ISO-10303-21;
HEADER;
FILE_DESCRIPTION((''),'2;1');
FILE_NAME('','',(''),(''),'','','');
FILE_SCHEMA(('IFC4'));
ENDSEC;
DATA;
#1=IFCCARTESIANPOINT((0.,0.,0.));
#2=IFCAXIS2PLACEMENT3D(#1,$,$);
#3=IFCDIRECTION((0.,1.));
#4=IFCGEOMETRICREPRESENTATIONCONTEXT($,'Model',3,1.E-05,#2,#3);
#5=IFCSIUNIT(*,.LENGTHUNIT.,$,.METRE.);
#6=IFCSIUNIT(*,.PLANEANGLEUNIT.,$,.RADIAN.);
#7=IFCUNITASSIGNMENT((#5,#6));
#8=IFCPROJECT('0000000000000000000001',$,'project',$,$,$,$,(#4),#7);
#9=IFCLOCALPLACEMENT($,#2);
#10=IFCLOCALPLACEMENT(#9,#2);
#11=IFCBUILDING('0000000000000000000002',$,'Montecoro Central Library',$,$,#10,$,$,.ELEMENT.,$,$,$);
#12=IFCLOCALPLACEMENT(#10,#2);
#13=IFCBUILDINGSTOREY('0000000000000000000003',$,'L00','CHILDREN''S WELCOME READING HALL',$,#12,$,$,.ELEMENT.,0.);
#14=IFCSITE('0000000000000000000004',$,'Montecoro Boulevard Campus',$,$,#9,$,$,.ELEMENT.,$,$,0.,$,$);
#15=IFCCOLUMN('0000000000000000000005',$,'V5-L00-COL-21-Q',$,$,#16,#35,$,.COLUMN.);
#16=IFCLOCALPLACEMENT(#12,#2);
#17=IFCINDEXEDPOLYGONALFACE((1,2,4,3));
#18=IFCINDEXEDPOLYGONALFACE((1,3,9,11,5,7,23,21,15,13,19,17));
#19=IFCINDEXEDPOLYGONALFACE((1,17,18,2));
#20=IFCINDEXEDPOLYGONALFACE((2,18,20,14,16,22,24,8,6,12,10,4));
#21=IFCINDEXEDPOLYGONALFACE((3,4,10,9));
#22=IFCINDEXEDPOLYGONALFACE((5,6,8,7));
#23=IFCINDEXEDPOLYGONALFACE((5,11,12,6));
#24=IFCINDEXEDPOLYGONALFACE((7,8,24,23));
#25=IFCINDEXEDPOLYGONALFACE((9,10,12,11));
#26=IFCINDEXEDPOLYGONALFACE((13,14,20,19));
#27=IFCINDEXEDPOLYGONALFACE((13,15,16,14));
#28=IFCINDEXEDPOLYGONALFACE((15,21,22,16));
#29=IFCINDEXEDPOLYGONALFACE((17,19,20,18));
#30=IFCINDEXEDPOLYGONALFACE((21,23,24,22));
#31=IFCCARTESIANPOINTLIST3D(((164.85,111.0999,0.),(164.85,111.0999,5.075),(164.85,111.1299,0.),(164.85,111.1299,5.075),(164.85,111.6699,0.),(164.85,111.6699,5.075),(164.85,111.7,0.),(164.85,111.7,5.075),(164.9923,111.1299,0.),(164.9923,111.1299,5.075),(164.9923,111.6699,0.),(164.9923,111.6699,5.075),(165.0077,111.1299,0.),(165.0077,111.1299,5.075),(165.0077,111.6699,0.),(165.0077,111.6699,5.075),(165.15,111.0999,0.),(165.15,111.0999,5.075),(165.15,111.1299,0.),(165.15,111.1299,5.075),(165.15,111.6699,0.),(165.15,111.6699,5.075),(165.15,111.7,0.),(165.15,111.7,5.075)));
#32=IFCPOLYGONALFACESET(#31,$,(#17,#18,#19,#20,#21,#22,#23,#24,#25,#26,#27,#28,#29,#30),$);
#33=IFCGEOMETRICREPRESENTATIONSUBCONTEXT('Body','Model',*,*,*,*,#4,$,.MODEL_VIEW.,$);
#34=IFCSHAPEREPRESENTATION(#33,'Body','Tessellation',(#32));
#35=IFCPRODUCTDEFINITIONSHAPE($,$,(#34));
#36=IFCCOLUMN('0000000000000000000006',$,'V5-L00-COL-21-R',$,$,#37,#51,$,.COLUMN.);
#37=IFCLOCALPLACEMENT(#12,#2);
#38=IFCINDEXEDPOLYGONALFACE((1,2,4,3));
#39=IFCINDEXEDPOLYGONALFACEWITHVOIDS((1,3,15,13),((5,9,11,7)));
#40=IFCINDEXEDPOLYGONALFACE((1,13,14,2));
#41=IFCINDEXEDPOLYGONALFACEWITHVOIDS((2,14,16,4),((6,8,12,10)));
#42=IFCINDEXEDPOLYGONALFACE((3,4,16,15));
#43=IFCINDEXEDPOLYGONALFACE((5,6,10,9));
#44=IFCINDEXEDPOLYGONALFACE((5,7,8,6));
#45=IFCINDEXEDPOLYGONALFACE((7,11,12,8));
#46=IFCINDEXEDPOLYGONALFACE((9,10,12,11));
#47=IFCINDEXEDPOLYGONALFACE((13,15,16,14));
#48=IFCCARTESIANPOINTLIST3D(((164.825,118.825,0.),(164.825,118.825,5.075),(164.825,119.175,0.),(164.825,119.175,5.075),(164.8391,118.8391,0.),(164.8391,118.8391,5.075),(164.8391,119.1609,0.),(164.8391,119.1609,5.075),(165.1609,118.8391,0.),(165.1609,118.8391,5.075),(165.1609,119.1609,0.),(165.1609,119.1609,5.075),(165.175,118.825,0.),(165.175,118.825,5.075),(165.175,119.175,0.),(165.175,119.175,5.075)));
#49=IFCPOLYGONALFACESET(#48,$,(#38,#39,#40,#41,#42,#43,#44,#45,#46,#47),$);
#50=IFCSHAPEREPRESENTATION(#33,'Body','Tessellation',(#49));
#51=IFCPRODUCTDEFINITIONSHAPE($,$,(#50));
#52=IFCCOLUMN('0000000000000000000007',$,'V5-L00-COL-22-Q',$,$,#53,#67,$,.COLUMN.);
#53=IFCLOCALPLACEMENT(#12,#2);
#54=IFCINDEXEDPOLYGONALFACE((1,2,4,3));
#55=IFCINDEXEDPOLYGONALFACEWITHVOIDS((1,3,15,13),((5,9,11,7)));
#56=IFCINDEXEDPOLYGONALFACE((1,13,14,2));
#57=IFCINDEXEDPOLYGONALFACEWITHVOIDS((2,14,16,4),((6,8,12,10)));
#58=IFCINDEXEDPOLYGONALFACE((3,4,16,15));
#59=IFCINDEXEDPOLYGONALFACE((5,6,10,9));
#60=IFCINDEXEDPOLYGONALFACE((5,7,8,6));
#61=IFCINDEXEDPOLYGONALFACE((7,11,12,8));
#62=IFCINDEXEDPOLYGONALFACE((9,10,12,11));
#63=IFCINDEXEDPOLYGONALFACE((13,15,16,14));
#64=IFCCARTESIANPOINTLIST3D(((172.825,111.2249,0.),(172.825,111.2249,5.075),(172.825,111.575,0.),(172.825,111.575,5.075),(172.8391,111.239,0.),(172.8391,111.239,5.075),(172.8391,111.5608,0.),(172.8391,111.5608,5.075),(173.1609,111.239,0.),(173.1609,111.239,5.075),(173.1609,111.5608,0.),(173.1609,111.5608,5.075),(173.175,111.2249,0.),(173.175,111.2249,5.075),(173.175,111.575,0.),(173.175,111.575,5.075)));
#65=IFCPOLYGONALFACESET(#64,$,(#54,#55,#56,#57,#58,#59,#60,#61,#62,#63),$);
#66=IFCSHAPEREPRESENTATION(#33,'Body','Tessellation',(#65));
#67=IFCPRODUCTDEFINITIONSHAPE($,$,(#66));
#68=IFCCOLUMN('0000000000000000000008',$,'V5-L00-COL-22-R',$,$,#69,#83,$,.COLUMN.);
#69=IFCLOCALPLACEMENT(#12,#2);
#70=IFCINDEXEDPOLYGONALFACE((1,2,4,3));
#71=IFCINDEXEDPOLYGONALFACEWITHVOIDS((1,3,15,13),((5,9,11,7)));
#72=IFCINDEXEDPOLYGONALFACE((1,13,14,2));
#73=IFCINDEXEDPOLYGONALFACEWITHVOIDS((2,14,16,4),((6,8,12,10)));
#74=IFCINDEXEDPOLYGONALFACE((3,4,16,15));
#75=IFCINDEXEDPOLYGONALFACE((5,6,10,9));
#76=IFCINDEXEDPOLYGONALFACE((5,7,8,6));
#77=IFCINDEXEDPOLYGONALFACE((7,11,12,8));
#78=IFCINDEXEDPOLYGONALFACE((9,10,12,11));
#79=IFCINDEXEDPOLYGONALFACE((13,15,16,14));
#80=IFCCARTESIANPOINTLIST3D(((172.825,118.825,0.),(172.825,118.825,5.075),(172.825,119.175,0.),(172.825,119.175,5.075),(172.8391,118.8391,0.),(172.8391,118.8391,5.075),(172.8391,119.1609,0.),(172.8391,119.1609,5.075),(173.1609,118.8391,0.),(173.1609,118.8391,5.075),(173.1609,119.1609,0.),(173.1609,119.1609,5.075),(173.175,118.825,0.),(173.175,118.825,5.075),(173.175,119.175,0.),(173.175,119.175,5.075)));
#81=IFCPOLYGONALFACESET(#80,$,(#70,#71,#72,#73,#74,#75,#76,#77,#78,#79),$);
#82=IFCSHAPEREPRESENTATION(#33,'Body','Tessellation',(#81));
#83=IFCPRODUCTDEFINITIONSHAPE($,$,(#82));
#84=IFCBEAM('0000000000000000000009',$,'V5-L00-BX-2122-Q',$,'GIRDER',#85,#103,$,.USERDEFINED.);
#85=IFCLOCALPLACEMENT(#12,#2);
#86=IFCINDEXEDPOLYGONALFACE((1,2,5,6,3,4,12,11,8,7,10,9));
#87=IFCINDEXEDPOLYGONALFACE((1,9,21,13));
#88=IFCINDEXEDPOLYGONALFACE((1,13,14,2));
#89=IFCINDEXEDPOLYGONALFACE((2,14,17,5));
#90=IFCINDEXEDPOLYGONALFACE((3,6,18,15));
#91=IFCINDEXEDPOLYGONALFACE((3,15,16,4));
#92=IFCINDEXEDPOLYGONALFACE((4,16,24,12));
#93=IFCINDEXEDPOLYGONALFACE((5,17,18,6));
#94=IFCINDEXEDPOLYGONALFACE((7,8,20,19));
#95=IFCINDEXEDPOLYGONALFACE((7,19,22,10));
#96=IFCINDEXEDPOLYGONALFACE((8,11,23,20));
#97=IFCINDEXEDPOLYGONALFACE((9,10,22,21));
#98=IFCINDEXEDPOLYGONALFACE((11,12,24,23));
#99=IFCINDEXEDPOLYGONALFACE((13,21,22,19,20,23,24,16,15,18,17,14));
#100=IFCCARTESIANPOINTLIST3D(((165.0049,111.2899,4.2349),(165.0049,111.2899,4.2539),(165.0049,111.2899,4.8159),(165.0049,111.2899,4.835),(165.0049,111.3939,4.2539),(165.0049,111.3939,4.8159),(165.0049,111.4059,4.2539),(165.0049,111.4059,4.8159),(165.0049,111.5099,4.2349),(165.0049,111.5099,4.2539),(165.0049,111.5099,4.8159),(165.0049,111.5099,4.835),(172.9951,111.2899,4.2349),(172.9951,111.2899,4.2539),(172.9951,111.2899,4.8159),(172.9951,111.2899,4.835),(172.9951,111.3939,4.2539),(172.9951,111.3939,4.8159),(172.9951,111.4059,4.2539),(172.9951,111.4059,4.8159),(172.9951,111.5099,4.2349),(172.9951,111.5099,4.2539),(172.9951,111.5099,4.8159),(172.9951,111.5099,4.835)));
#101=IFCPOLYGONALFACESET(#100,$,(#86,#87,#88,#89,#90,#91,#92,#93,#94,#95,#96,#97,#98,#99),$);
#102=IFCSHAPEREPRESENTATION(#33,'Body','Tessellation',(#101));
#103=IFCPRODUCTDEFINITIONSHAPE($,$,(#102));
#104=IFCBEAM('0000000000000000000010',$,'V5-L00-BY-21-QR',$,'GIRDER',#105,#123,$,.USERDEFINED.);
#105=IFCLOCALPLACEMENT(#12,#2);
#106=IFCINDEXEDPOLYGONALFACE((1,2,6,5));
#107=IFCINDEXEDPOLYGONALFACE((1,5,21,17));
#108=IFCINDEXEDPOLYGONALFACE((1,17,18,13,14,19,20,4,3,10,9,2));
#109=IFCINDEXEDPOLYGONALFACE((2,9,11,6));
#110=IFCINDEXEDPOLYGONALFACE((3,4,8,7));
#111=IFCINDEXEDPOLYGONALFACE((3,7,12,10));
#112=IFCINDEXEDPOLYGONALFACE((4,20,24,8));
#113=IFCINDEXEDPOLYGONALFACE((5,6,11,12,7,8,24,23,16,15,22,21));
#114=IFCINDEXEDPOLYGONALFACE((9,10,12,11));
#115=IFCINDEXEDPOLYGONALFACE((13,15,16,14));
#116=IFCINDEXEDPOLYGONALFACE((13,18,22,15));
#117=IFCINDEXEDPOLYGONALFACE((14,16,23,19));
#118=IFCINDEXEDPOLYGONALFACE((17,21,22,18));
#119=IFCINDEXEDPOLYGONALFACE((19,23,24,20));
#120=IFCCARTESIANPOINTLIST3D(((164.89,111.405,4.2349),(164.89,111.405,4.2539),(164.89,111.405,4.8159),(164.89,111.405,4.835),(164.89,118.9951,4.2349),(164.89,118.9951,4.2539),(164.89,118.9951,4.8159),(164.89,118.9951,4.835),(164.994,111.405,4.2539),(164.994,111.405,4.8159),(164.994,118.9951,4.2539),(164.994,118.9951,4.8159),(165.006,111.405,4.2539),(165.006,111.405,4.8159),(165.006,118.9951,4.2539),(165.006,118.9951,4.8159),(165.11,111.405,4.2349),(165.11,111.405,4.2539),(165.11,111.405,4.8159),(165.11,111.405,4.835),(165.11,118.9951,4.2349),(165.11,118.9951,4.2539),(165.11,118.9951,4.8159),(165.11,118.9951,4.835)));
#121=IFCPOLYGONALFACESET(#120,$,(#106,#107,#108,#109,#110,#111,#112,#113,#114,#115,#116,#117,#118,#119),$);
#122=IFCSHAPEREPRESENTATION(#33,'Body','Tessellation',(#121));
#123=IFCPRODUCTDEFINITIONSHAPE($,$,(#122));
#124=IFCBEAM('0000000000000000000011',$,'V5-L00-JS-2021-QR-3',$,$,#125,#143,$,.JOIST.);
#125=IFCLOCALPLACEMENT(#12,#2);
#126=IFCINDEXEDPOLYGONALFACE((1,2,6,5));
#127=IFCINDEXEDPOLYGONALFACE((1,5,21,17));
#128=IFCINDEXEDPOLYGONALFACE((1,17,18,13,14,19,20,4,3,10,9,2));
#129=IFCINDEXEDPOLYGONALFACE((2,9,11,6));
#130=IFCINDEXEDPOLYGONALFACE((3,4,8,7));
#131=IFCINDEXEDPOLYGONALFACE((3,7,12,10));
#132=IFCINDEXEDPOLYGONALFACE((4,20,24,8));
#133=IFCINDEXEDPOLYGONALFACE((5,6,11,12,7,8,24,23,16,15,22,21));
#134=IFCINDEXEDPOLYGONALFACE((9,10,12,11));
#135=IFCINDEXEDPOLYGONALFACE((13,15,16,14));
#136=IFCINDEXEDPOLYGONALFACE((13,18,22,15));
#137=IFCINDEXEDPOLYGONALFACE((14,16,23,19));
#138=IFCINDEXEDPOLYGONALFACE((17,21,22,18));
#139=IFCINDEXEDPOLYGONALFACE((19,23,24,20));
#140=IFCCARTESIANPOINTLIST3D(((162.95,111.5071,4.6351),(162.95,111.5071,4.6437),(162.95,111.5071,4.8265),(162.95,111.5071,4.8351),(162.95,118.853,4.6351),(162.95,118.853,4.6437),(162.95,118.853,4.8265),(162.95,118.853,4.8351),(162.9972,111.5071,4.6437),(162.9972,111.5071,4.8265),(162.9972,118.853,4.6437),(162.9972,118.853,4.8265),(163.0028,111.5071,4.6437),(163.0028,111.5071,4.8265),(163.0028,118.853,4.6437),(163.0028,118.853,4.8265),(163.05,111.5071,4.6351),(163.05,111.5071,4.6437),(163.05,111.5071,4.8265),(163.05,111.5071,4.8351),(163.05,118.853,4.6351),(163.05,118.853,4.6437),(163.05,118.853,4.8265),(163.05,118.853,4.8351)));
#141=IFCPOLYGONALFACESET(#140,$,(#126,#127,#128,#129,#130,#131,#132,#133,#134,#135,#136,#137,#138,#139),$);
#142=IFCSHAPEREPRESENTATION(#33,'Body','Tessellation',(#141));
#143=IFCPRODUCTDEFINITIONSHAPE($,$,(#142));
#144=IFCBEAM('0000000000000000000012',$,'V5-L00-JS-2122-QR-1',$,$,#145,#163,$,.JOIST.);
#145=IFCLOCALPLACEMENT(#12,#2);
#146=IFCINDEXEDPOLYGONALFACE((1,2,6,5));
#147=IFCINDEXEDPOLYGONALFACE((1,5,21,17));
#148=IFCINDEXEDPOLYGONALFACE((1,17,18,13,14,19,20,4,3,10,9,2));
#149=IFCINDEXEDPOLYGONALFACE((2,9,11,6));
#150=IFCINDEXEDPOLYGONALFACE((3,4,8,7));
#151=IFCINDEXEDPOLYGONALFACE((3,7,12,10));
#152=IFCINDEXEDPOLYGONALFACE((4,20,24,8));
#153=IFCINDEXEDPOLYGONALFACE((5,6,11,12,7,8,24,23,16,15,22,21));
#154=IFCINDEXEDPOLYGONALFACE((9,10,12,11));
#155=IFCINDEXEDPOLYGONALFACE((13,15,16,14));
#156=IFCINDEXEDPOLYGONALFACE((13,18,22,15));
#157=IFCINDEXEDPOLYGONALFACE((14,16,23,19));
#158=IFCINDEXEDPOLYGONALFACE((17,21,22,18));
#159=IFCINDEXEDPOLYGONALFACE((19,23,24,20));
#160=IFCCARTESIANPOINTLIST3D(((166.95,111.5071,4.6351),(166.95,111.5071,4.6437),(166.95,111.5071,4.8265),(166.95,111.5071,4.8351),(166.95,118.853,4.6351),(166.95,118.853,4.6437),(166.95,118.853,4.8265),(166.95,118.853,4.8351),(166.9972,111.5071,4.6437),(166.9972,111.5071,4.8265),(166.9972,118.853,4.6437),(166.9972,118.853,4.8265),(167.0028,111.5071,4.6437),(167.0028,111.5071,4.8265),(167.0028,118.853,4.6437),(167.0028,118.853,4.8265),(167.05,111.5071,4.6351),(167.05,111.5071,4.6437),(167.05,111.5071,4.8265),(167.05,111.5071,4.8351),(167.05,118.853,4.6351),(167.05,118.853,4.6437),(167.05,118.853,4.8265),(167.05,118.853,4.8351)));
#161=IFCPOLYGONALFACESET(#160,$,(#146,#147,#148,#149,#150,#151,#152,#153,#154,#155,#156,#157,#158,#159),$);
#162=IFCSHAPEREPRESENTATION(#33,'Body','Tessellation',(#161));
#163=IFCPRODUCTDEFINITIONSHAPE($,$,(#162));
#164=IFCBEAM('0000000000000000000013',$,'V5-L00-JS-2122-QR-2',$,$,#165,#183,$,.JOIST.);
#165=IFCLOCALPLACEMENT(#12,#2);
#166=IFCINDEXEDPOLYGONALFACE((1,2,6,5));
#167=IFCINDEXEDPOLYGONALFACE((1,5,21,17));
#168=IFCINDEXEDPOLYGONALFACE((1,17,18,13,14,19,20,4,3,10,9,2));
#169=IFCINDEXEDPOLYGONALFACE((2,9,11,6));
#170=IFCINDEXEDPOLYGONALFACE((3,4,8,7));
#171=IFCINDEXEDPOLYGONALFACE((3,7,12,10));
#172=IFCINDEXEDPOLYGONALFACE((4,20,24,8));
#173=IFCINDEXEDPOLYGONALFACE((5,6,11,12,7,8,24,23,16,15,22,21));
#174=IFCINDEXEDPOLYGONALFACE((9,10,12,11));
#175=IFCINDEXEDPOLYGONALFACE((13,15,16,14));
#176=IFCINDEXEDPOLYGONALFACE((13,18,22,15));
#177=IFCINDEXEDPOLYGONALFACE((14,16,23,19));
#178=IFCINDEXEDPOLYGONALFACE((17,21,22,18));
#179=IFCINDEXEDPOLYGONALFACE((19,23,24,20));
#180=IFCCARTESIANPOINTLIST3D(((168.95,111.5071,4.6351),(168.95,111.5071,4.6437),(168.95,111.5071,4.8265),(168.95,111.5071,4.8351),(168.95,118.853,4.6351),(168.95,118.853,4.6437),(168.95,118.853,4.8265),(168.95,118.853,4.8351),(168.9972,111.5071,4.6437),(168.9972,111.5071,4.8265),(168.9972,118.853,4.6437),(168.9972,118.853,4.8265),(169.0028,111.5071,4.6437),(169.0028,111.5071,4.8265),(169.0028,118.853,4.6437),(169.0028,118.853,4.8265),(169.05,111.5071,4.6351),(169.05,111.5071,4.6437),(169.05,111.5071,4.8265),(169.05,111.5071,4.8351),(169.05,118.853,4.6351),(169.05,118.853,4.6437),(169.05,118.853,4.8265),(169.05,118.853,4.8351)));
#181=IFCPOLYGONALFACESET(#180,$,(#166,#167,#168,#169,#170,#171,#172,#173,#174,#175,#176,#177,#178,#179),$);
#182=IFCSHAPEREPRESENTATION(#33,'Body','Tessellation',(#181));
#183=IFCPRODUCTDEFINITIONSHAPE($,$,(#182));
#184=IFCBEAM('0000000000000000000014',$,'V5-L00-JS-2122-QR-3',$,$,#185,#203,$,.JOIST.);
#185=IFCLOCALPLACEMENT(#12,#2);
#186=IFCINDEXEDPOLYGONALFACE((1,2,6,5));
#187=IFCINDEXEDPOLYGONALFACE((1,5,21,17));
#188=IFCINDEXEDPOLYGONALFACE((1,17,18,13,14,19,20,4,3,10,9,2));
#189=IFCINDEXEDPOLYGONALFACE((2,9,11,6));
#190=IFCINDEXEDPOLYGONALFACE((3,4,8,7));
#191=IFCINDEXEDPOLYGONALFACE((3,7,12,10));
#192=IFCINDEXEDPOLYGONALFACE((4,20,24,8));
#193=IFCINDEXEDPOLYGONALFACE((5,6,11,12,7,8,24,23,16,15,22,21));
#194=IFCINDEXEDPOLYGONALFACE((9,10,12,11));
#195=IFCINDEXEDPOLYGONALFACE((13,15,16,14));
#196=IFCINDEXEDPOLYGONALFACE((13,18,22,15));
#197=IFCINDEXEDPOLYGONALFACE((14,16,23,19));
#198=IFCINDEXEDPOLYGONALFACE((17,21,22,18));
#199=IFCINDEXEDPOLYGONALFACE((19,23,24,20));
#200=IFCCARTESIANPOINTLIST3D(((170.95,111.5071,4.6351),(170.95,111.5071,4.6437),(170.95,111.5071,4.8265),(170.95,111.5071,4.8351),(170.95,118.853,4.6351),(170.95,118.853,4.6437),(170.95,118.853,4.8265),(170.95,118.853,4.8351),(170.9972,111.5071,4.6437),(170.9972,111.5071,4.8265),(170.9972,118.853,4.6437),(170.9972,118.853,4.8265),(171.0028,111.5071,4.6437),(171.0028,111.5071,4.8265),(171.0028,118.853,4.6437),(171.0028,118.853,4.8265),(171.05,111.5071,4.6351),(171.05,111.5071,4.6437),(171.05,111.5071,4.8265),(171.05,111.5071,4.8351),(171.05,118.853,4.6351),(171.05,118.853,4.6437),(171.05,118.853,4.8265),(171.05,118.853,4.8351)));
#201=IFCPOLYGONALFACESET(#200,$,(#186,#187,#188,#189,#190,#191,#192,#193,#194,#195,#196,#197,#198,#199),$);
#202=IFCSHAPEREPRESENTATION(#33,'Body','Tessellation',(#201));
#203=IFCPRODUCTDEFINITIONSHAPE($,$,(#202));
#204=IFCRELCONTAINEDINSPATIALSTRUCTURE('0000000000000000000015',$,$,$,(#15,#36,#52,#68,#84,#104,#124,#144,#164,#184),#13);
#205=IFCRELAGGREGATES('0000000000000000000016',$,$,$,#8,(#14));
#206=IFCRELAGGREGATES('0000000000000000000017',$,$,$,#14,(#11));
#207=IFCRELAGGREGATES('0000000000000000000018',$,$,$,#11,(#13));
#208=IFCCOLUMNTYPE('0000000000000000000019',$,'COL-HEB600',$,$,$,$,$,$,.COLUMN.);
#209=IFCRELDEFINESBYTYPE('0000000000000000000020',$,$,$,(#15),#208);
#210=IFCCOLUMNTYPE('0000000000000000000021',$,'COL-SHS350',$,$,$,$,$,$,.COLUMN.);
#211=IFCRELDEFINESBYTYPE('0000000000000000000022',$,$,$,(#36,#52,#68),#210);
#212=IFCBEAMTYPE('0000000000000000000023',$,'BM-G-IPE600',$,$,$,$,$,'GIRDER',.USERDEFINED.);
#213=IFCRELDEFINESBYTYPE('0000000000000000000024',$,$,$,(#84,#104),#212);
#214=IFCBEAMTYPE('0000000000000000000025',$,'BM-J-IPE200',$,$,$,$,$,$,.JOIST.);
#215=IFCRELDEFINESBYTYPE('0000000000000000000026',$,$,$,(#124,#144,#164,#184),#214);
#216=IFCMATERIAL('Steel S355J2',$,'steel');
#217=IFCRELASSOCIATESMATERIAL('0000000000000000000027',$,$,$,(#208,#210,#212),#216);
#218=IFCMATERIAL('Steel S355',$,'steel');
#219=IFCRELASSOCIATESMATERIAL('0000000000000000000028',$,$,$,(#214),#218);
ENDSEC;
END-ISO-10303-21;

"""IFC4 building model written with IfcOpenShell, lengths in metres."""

from ifc_helpers import new_model, si_unit, direction, frame, origin, origin_2d, place, context, subcontext, project, spatial, hollow_rectangle, i_section, extrude, material, material_profile, profile_set, type_object, element, save


model = new_model("IFC4")

# Units and contexts
model_context = context("Model", 3, precision=1e-05, world=origin(), true_north=direction((0.0, 1.0)))
body_context = subcontext(model_context, "Body", "Model", "MODEL_VIEW")
ifc_project = project(units=[si_unit("LENGTHUNIT", "METRE"), si_unit("PLANEANGLEUNIT", "RADIAN")], contexts=[model_context])

# Site, building, storey
site_placement = place(None, origin())
site = spatial("IfcSite", under=ifc_project, at=site_placement, Name="Montecoro Boulevard Campus", CompositionType="ELEMENT", RefElevation=0.0)
building_placement = place(site_placement, origin())
building = spatial("IfcBuilding", under=site, at=building_placement, Name="Montecoro Central Library", CompositionType="ELEMENT")
storey_placement = place(building_placement, origin())
storey = spatial("IfcBuildingStorey", under=building, at=storey_placement, Name="L00", Description="CHILDREN'S WELCOME READING HALL", CompositionType="ELEMENT", Elevation=0.0)

# Columns
ifc_material_1 = material(Name="Steel S355J2", Category="steel")
ifc_material_profile_1 = material_profile(ifc_material_1, i_section(OverallWidth=0.3, OverallDepth=0.6001, WebThickness=0.0154, FlangeThickness=0.03, at=origin_2d()), Name="HEB 600")
ifc_profile_set_1 = profile_set([ifc_material_profile_1], Name="Steel S355J2")
column_type_1 = type_object("IfcColumnType", Name="COL-HEB600", PredefinedType="COLUMN", material=ifc_profile_set_1)
column_placement = place(storey_placement, frame((165.0, 111.3999, 0.0), z_axis=(0.0, 0.0, 1.0), x_axis=(1.0, 0.0, 0.0)))
element("IfcColumn", 1, at=column_placement, inside=storey, type_object=column_type_1, Name="V5-L00-COL-21-Q", PredefinedType="COLUMN", context=body_context, shape_type="SweptSolid", body=[
    extrude(i_section(OverallWidth=0.3, OverallDepth=0.6001, WebThickness=0.0154, FlangeThickness=0.03, at=origin_2d()), origin(), (0.0, 0.0, 1.0), 5.075),
])
ifc_material_profile_2 = material_profile(ifc_material_1, hollow_rectangle(XDim=0.3501, YDim=0.3501, WallThickness=0.0142, at=origin_2d()), Name="SHS 350x350x14.2")
ifc_profile_set_2 = profile_set([ifc_material_profile_2], Name="Steel S355J2")
column_type_2 = type_object("IfcColumnType", Name="COL-SHS350", PredefinedType="COLUMN", material=ifc_profile_set_2)
for number, where, z_axis, x_axis, name in (
    (2, (165.0, 119.0, 0.0), (0.0, 0.0, 1.0), (1.0, 0.0, 0.0), "V5-L00-COL-21-R"),
    (3, (173.0, 111.3999, 0.0), (0.0, 0.0, 1.0), (1.0, 0.0, 0.0), "V5-L00-COL-22-Q"),
    (4, (173.0, 119.0, 0.0), (0.0, 0.0, 1.0), (1.0, 0.0, 0.0), "V5-L00-COL-22-R"),
):
    element("IfcColumn", number, at=place(storey_placement, frame(where, z_axis=z_axis, x_axis=x_axis)), inside=storey, type_object=column_type_2, Name=name, PredefinedType="COLUMN", context=body_context, shape_type="SweptSolid", body=[
        extrude(hollow_rectangle(XDim=0.3501, YDim=0.3501, WallThickness=0.0142, at=origin_2d()), origin(), (0.0, 0.0, 1.0), 5.075),
    ])

# Beams
ifc_material_profile_3 = material_profile(ifc_material_1, i_section(OverallWidth=0.22, OverallDepth=0.6001, WebThickness=0.012, FlangeThickness=0.019, at=origin_2d()), Name="IPE 600")
ifc_profile_set_3 = profile_set([ifc_material_profile_3], Name="Steel S355J2")
beam_type_1 = type_object("IfcBeamType", Name="BM-G-IPE600", ElementType="GIRDER", PredefinedType="USERDEFINED", material=ifc_profile_set_3)
beam_1_placement = place(storey_placement, frame((165.0049, 111.3999, 4.5349), z_axis=(1.0, 0.0, 0.0), x_axis=(0.0, 1.0, 0.0)))
element("IfcBeam", 5, at=beam_1_placement, inside=storey, type_object=beam_type_1, Name="V5-L00-BX-2122-Q", ObjectType="GIRDER", PredefinedType="USERDEFINED", context=body_context, shape_type="SweptSolid", body=[
    extrude(i_section(OverallWidth=0.22, OverallDepth=0.6001, WebThickness=0.012, FlangeThickness=0.019, at=origin_2d()), origin(), (0.0, 0.0, 1.0), 7.9902),
])
beam_2_placement = place(storey_placement, frame((165.0, 111.405, 4.5349), z_axis=(0.0, 1.0, 0.0), x_axis=(-1.0, 0.0, 0.0)))
element("IfcBeam", 6, at=beam_2_placement, inside=storey, type_object=beam_type_1, Name="V5-L00-BY-21-QR", ObjectType="GIRDER", PredefinedType="USERDEFINED", context=body_context, shape_type="SweptSolid", body=[
    extrude(i_section(OverallWidth=0.22, OverallDepth=0.6001, WebThickness=0.012, FlangeThickness=0.019, at=origin_2d()), origin(), (0.0, 0.0, 1.0), 7.5901),
])
ifc_material_2 = material(Name="Steel S355", Category="steel")
ifc_material_profile_4 = material_profile(ifc_material_2, i_section(OverallWidth=0.1001, OverallDepth=0.2, WebThickness=0.0056, FlangeThickness=0.0085, at=origin_2d()), Name="IPE 200")
ifc_profile_set_4 = profile_set([ifc_material_profile_4], Name="Steel S355")
beam_type_2 = type_object("IfcBeamType", Name="BM-J-IPE200", PredefinedType="JOIST", material=ifc_profile_set_4)
for number, where, z_axis, x_axis, name in (
    (7, (163.0, 111.5071, 4.7351), (0.0, 1.0, 0.0), (-1.0, 0.0, 0.0), "V5-L00-JS-2021-QR-3"),
    (8, (167.0, 111.5071, 4.7351), (0.0, 1.0, 0.0), (-1.0, 0.0, 0.0), "V5-L00-JS-2122-QR-1"),
    (9, (169.0, 111.5071, 4.7351), (0.0, 1.0, 0.0), (-1.0, 0.0, 0.0), "V5-L00-JS-2122-QR-2"),
    (10, (171.0, 111.5071, 4.7351), (0.0, 1.0, 0.0), (-1.0, 0.0, 0.0), "V5-L00-JS-2122-QR-3"),
):
    element("IfcBeam", number, at=place(storey_placement, frame(where, z_axis=z_axis, x_axis=x_axis)), inside=storey, type_object=beam_type_2, Name=name, PredefinedType="JOIST", context=body_context, shape_type="SweptSolid", body=[
        extrude(i_section(OverallWidth=0.1001, OverallDepth=0.2, WebThickness=0.0056, FlangeThickness=0.0085, at=origin_2d()), origin(), (0.0, 0.0, 1.0), 7.3459),
    ])

save(model, "model.ifc")
